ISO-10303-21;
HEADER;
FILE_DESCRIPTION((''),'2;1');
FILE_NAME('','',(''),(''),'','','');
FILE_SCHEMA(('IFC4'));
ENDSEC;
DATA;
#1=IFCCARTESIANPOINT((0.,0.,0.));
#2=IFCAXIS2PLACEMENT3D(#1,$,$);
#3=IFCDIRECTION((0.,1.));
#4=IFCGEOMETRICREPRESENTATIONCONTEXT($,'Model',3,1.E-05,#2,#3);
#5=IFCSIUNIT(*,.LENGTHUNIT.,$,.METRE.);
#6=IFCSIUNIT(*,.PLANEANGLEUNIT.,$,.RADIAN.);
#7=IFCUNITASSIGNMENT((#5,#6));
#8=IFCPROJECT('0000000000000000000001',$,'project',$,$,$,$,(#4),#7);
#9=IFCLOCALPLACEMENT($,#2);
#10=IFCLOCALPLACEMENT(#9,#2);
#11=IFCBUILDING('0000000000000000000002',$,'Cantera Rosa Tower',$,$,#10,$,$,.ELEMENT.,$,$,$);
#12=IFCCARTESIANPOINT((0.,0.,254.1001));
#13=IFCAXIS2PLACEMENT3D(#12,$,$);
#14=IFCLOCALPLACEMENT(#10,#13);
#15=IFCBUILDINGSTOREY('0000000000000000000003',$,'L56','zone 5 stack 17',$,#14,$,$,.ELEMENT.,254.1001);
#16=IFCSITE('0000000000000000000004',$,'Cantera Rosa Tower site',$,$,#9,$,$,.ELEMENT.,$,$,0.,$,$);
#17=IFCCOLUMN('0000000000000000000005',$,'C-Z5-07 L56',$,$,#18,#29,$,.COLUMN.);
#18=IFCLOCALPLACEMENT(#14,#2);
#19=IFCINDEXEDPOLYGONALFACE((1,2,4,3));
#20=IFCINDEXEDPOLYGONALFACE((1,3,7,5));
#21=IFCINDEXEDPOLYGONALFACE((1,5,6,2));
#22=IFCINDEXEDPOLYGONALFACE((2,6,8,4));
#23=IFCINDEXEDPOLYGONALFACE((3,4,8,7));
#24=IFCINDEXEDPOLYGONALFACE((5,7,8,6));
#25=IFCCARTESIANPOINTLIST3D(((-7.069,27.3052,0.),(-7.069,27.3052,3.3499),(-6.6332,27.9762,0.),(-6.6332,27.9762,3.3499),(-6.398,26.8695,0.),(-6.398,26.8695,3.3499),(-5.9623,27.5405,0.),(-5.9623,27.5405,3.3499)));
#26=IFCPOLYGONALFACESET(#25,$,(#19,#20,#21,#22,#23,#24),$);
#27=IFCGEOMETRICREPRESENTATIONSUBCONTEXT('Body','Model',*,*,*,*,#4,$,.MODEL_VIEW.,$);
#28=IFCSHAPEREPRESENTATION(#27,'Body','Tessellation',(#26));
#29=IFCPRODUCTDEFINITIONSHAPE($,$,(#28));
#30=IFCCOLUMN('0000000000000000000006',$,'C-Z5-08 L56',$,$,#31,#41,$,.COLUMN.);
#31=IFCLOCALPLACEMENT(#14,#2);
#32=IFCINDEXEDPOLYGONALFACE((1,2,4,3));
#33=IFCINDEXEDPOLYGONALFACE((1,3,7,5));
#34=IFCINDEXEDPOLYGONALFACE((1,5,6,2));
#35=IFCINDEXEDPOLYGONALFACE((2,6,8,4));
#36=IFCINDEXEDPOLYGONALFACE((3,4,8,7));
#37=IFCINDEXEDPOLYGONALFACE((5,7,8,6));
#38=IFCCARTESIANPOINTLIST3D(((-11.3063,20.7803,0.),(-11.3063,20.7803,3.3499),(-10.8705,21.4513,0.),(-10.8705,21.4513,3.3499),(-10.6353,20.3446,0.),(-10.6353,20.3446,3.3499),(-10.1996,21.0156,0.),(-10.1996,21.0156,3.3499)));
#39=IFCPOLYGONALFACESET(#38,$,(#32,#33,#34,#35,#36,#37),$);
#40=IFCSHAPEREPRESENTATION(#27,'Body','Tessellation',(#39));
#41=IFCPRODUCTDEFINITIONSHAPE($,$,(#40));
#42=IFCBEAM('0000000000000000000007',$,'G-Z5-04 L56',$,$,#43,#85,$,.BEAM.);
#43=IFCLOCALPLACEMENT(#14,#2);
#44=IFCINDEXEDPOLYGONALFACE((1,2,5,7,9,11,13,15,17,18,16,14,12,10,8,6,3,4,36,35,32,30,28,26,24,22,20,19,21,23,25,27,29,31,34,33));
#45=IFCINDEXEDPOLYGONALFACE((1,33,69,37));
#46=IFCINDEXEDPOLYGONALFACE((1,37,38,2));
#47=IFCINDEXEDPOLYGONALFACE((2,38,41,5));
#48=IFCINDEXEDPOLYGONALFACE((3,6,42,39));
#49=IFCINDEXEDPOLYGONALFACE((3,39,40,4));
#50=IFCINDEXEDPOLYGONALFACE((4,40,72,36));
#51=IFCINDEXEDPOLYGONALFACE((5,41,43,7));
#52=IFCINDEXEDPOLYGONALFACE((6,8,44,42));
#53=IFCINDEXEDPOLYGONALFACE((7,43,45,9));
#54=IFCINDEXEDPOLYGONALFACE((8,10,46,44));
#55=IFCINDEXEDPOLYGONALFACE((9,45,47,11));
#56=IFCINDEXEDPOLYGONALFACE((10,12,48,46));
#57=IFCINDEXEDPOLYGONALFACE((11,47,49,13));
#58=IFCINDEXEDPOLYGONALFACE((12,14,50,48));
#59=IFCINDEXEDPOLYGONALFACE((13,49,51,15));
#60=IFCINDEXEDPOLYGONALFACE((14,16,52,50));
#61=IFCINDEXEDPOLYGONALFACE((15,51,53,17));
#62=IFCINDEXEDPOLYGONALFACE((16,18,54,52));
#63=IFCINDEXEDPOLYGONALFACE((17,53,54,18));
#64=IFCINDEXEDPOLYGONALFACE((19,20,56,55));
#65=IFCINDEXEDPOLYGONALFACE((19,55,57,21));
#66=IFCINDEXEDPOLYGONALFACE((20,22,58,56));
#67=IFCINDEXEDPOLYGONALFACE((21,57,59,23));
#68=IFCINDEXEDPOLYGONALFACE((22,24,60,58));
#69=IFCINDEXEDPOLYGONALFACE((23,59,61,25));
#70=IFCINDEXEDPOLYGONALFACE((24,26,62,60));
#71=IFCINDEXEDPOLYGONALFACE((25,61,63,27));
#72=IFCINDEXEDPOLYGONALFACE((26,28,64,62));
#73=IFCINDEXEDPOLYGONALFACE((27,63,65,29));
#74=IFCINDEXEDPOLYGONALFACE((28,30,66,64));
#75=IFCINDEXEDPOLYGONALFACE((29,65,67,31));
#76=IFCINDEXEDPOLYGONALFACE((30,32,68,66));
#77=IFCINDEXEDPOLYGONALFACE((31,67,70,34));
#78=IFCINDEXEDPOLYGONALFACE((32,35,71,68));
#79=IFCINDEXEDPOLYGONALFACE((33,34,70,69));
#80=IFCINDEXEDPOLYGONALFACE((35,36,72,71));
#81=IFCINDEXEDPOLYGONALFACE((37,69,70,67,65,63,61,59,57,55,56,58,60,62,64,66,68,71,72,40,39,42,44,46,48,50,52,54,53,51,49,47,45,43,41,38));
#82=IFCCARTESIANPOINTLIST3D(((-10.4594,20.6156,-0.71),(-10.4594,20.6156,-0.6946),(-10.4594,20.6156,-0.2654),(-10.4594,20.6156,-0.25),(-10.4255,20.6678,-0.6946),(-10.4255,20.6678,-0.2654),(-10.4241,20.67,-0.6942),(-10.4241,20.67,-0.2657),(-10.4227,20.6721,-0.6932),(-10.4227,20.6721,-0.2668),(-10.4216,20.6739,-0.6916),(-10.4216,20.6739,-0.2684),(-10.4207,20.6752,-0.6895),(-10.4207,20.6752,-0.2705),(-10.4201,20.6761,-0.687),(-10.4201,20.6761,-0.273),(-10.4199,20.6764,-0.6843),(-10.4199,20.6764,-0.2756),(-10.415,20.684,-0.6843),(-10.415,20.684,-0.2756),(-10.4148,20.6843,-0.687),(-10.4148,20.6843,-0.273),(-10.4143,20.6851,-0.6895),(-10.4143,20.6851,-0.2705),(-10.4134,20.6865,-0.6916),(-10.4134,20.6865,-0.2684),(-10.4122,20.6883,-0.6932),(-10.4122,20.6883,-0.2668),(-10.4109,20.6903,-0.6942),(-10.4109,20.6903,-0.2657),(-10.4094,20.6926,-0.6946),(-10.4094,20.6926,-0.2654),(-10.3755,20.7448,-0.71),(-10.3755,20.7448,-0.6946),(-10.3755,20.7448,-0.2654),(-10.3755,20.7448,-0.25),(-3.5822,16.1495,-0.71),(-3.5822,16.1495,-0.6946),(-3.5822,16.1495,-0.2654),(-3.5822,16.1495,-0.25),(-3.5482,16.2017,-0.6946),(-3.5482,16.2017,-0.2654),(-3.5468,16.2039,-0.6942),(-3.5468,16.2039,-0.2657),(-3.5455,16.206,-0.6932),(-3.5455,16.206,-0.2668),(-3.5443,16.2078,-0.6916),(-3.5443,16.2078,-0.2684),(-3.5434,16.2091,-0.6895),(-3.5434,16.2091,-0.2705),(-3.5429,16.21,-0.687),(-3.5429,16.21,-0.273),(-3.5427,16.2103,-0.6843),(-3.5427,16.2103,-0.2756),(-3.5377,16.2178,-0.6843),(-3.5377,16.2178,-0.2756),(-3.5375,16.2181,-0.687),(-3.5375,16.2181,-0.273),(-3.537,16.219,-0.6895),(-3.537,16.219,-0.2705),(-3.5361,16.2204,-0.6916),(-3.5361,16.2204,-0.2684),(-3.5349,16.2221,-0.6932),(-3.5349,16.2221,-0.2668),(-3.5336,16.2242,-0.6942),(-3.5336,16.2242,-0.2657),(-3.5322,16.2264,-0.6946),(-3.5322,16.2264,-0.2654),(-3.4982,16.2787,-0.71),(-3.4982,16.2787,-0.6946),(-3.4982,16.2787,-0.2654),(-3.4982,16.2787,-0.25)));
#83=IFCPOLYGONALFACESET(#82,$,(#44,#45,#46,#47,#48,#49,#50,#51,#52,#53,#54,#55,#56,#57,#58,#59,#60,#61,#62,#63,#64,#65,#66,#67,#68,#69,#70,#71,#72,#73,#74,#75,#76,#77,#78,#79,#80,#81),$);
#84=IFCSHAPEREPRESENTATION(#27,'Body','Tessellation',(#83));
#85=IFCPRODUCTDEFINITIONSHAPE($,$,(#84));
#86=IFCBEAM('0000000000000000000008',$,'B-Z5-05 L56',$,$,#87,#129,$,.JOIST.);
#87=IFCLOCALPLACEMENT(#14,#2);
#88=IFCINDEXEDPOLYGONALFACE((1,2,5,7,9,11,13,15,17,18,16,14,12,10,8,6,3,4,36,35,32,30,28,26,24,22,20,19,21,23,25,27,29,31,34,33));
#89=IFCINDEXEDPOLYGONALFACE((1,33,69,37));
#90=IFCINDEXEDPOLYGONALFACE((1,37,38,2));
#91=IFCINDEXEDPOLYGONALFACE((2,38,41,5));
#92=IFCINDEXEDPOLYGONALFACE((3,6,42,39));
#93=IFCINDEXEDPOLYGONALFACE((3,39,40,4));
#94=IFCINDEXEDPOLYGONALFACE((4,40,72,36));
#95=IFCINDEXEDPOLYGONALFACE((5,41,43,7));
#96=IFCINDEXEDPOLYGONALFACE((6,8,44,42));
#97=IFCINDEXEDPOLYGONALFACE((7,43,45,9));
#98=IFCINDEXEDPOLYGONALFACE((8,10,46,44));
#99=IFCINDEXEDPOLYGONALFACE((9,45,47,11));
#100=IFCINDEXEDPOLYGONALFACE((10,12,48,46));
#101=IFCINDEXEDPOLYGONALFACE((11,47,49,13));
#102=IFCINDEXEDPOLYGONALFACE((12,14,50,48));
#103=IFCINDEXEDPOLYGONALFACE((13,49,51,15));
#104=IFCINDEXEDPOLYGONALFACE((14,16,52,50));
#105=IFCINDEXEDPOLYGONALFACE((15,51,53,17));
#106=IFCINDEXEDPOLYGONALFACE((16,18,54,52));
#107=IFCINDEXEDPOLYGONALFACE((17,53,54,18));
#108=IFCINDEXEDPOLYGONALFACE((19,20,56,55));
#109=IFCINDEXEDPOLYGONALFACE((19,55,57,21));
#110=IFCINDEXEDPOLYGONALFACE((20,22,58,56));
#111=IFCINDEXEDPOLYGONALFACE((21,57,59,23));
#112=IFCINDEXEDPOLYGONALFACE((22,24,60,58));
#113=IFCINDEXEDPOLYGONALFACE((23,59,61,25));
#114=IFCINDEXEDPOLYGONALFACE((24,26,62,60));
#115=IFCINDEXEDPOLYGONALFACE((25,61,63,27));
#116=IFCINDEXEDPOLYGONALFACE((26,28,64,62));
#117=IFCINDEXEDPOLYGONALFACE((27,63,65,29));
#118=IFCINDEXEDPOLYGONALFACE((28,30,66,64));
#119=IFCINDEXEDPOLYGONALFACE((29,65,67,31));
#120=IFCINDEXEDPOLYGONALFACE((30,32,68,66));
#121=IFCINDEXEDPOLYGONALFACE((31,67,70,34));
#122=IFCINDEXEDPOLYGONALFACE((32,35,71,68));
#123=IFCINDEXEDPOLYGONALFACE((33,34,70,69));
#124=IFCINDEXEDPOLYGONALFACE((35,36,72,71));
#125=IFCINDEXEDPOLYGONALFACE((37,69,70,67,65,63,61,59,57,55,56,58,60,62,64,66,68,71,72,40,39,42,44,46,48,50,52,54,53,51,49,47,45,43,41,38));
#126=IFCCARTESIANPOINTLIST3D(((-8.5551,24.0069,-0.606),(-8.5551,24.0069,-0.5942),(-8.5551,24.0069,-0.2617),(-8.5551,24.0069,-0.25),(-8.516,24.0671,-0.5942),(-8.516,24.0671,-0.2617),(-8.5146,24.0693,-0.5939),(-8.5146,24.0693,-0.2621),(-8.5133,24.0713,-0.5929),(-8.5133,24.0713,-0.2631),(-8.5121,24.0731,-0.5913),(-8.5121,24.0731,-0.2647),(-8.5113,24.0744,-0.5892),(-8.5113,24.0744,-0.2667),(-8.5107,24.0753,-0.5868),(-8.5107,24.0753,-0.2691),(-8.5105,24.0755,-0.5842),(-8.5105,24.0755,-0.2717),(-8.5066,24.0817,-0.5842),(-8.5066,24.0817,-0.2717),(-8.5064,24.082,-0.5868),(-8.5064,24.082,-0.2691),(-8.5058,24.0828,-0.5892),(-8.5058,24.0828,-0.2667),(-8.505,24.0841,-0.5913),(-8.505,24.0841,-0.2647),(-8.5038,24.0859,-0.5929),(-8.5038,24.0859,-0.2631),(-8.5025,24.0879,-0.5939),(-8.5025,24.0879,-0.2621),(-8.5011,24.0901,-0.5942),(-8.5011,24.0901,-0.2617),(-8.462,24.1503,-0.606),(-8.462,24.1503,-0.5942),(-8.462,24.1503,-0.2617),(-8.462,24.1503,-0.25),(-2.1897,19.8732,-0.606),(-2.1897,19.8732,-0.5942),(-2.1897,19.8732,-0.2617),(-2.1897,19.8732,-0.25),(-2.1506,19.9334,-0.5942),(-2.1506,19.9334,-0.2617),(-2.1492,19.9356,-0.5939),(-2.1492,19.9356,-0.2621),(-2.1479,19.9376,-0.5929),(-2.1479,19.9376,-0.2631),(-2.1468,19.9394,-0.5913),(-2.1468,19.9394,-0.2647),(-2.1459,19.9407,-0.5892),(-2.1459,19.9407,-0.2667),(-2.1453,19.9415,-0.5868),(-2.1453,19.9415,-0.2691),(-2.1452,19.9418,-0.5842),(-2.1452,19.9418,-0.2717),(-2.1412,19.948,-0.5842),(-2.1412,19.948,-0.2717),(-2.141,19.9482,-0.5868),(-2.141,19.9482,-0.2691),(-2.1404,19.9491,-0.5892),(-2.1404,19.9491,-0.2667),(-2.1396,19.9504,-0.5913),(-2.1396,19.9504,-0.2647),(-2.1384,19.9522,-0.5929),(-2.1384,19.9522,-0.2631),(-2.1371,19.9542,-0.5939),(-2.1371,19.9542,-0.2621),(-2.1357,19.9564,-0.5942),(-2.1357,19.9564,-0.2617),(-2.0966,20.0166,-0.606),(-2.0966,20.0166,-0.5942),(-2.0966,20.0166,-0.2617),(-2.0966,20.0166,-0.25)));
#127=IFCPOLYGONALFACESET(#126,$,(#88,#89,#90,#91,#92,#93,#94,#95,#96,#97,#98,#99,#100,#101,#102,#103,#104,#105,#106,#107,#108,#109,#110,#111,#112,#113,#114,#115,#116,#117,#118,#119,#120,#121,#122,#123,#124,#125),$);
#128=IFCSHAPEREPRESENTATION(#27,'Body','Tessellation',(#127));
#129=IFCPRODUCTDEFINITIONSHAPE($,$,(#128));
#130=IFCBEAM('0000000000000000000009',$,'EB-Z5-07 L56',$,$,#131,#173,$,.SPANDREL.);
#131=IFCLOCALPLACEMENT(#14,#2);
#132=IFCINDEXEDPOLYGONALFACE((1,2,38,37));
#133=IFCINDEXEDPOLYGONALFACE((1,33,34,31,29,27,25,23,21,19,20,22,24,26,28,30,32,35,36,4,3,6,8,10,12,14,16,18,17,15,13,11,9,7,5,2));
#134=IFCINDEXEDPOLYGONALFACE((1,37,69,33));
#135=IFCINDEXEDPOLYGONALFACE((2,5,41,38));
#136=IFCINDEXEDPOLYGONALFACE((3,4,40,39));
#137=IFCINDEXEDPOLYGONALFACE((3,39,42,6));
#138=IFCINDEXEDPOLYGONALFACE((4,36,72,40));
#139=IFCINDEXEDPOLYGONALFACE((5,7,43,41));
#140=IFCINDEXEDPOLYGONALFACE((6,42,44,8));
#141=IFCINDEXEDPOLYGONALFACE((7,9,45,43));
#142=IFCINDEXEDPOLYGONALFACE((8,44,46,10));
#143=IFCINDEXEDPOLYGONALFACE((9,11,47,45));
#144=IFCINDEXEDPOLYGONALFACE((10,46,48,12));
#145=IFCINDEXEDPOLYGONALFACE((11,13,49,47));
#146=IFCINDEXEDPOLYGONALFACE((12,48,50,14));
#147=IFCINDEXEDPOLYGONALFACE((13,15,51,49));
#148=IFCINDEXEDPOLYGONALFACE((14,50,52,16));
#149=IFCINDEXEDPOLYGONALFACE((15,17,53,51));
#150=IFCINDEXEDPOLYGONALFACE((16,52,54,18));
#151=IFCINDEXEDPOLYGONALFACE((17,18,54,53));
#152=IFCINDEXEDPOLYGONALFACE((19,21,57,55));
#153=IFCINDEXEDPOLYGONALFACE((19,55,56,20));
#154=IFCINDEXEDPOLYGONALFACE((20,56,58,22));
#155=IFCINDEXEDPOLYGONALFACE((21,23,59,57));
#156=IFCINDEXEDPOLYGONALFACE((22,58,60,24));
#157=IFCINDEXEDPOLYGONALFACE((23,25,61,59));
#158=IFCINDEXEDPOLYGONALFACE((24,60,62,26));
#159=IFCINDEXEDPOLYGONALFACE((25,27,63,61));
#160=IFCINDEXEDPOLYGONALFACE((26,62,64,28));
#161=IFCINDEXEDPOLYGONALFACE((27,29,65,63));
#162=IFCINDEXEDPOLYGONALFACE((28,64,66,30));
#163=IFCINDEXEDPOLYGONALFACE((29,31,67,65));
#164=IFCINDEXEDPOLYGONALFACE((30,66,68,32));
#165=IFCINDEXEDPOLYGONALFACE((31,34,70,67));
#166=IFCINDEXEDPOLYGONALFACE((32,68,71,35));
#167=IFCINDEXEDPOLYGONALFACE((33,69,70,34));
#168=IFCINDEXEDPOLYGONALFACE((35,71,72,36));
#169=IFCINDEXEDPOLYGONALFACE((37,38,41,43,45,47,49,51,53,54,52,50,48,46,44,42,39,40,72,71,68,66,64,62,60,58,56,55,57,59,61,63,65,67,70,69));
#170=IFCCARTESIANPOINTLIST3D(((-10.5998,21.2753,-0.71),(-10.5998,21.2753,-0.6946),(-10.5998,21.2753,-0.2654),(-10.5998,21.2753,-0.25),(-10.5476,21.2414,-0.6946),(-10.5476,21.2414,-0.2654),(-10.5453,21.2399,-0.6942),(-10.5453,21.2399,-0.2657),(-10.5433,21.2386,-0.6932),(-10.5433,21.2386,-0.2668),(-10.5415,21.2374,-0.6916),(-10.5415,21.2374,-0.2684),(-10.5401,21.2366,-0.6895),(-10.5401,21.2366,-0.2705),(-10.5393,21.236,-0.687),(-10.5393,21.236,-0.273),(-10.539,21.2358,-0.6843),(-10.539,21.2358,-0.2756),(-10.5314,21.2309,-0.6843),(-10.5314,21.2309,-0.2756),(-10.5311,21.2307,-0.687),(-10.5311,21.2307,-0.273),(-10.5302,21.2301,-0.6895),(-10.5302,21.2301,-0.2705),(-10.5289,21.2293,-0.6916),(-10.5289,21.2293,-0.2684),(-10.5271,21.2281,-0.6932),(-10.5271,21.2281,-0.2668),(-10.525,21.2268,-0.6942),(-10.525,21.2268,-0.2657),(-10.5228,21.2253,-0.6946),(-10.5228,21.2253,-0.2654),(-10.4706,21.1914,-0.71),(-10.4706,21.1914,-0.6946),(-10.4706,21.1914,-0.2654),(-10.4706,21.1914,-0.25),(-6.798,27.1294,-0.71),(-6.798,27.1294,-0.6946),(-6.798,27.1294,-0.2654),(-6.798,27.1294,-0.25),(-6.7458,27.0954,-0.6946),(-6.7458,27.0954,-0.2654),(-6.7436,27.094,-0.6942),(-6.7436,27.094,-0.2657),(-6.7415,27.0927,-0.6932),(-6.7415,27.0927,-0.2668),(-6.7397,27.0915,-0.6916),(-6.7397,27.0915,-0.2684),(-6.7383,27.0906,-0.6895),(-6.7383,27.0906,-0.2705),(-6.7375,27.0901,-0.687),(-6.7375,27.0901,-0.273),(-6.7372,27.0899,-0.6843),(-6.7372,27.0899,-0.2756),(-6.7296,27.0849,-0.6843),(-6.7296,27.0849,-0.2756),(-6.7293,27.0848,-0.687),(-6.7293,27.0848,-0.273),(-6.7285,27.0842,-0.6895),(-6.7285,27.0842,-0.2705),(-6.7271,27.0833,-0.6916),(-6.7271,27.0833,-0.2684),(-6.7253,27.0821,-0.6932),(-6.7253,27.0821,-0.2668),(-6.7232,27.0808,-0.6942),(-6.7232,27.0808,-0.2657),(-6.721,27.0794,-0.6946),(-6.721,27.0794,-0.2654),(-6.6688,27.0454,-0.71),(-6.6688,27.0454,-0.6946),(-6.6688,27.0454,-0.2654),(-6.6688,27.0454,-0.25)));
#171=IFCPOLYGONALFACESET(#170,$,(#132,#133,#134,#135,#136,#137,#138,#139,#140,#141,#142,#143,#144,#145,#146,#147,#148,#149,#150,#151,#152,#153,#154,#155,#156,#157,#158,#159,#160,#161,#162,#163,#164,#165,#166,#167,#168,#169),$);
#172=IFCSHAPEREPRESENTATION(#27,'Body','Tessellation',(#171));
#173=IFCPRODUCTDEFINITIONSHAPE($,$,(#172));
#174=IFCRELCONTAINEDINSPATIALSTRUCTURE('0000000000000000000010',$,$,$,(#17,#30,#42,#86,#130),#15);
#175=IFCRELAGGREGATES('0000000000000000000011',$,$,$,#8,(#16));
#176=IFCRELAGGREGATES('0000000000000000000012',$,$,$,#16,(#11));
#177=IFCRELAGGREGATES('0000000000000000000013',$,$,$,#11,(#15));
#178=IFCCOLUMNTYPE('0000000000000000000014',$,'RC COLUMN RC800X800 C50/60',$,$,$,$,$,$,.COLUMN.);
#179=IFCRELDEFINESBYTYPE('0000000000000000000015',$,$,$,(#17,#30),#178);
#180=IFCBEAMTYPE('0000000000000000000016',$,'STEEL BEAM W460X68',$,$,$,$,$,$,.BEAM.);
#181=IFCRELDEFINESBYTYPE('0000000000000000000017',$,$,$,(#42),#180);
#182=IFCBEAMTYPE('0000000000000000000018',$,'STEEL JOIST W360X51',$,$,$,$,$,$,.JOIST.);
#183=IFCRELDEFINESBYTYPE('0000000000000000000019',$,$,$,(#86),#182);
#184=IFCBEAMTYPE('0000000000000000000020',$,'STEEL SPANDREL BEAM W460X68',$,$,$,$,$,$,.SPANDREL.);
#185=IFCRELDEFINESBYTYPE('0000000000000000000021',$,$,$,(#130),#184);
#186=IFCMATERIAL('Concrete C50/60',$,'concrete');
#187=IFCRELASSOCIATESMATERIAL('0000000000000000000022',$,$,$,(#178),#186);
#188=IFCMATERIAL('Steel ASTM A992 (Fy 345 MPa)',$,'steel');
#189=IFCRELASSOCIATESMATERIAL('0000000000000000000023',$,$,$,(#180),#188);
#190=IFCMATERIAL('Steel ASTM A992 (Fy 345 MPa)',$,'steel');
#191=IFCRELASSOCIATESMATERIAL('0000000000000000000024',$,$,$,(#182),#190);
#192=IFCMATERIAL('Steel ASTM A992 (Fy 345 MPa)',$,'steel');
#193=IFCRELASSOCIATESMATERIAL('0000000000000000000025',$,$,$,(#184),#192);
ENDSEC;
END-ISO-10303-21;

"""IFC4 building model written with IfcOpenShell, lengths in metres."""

from ifc_helpers import new_model, si_unit, direction, frame, origin, origin_2d, place, context, subcontext, project, spatial, rectangle, i_section, extrude, material, material_profile, profile_set, type_object, element, save


model = new_model("IFC4")

# Units and contexts
model_context = context("Model", 3, precision=1e-05, world=origin(), true_north=direction((0.0, 1.0)))
body_context = subcontext(model_context, "Body", "Model", "MODEL_VIEW")
ifc_project = project(units=[si_unit("LENGTHUNIT", "METRE"), si_unit("PLANEANGLEUNIT", "RADIAN")], contexts=[model_context])

# Site, building, storey
site_placement = place(None, origin())
site = spatial("IfcSite", under=ifc_project, at=site_placement, Name="Cantera Rosa Tower site", CompositionType="ELEMENT", RefElevation=0.0)
building_placement = place(site_placement, origin())
building = spatial("IfcBuilding", under=site, at=building_placement, Name="Cantera Rosa Tower", CompositionType="ELEMENT")
storey_placement = place(building_placement, frame((0.0, 0.0, 254.1001)))
storey = spatial("IfcBuildingStorey", under=building, at=storey_placement, Name="L56", Description="zone 5 stack 17", CompositionType="ELEMENT", Elevation=254.1001)

# Columns
ifc_material_1 = material(Name="Concrete C50/60", Category="concrete")
ifc_material_profile_1 = material_profile(ifc_material_1, rectangle(XDim=0.8, YDim=0.8, at=origin_2d()), Name="RC COLUMN RC800X800 C50/60")
ifc_profile_set_1 = profile_set([ifc_material_profile_1], Name="Concrete C50/60")
column_type = type_object("IfcColumnType", Name="RC COLUMN RC800X800 C50/60", PredefinedType="COLUMN", material=ifc_profile_set_1)
for number, where, z_axis, x_axis, name in (
    (1, (-6.5156, 27.4229, 0.0), (0.0, 0.0, 1.0), (0.544639, 0.838671, 0.0), "C-Z5-07 L56"),
    (2, (-10.7529, 20.8979, 0.0), (0.0, 0.0, 1.0), (0.544639, 0.838671, 0.0), "C-Z5-08 L56"),
):
    element("IfcColumn", number, at=place(storey_placement, frame(where, z_axis=z_axis, x_axis=x_axis)), inside=storey, type_object=column_type, Name=name, PredefinedType="COLUMN", context=body_context, shape_type="SweptSolid", body=[
        extrude(rectangle(XDim=0.8, YDim=0.8, at=origin_2d()), origin(), (0.0, 0.0, 1.0), 3.3499),
    ])

# Beams
ifc_material_2 = material(Name="Steel ASTM A992 (Fy 345 MPa)", Category="steel")
ifc_material_profile_2 = material_profile(ifc_material_2, i_section(OverallWidth=0.1541, OverallDepth=0.46, WebThickness=0.009, FlangeThickness=0.0154, FilletRadius=0.0103, at=origin_2d()), Name="W460X68")
ifc_profile_set_2 = profile_set([ifc_material_profile_2], Name="Steel ASTM A992 (Fy 345 MPa)")
beam_type_1 = type_object("IfcBeamType", Name="STEEL BEAM W460X68", PredefinedType="BEAM", material=ifc_profile_set_2)
beam_1_placement = place(storey_placement, frame((-10.4175, 20.6802, -0.48), z_axis=(0.838673, -0.544636, 0.0), x_axis=(0.544636, 0.838673, 0.0)))
element("IfcBeam", 3, at=beam_1_placement, inside=storey, type_object=beam_type_1, Name="G-Z5-04 L56", PredefinedType="BEAM", context=body_context, shape_type="SweptSolid", body=[
    extrude(i_section(OverallWidth=0.1541, OverallDepth=0.46, WebThickness=0.009, FlangeThickness=0.0154, FilletRadius=0.0103, at=origin_2d()), origin(), (0.0, 0.0, 1.0), 8.2002),
])
ifc_material_3 = material(Name="Steel ASTM A992 (Fy 345 MPa)", Category="steel")
ifc_material_profile_3 = material_profile(ifc_material_3, i_section(OverallWidth=0.1709, OverallDepth=0.356, WebThickness=0.0073, FlangeThickness=0.0117, FilletRadius=0.01, at=origin_2d()), Name="W360X51")
ifc_profile_set_3 = profile_set([ifc_material_profile_3], Name="Steel ASTM A992 (Fy 345 MPa)")
beam_type_2 = type_object("IfcBeamType", Name="STEEL JOIST W360X51", PredefinedType="JOIST", material=ifc_profile_set_3)
beam_2_placement = place(storey_placement, frame((-8.5085, 24.0786, -0.428), z_axis=(0.838671, -0.544639, 0.0), x_axis=(0.544639, 0.838671, 0.0)))
element("IfcBeam", 4, at=beam_2_placement, inside=storey, type_object=beam_type_2, Name="B-Z5-05 L56", PredefinedType="JOIST", context=body_context, shape_type="SweptSolid", body=[
    extrude(i_section(OverallWidth=0.1709, OverallDepth=0.356, WebThickness=0.0073, FlangeThickness=0.0117, FilletRadius=0.01, at=origin_2d()), origin(), (0.0, 0.0, 1.0), 7.5898),
])
ifc_material_4 = material(Name="Steel ASTM A992 (Fy 345 MPa)", Category="steel")
ifc_material_profile_4 = material_profile(ifc_material_4, i_section(OverallWidth=0.1541, OverallDepth=0.46, WebThickness=0.009, FlangeThickness=0.0154, FilletRadius=0.0103, at=origin_2d()), Name="W460X68")
ifc_profile_set_4 = profile_set([ifc_material_profile_4], Name="Steel ASTM A992 (Fy 345 MPa)")
beam_type_3 = type_object("IfcBeamType", Name="STEEL SPANDREL BEAM W460X68", PredefinedType="SPANDREL", material=ifc_profile_set_4)
for number, where, z_axis, x_axis, name in (
    (5, (-6.7334, 27.0874, -0.48), (-0.544651, -0.838663, 0.0), (0.838663, -0.544651, 0.0), "EB-Z5-07 L56"),
):
    element("IfcBeam", number, at=place(storey_placement, frame(where, z_axis=z_axis, x_axis=x_axis)), inside=storey, type_object=beam_type_3, Name=name, PredefinedType="SPANDREL", context=body_context, shape_type="SweptSolid", body=[
        extrude(i_section(OverallWidth=0.1541, OverallDepth=0.46, WebThickness=0.009, FlangeThickness=0.0154, FilletRadius=0.0103, at=origin_2d()), origin(), (0.0, 0.0, 1.0), 6.9802),
    ])

save(model, "model.ifc")
